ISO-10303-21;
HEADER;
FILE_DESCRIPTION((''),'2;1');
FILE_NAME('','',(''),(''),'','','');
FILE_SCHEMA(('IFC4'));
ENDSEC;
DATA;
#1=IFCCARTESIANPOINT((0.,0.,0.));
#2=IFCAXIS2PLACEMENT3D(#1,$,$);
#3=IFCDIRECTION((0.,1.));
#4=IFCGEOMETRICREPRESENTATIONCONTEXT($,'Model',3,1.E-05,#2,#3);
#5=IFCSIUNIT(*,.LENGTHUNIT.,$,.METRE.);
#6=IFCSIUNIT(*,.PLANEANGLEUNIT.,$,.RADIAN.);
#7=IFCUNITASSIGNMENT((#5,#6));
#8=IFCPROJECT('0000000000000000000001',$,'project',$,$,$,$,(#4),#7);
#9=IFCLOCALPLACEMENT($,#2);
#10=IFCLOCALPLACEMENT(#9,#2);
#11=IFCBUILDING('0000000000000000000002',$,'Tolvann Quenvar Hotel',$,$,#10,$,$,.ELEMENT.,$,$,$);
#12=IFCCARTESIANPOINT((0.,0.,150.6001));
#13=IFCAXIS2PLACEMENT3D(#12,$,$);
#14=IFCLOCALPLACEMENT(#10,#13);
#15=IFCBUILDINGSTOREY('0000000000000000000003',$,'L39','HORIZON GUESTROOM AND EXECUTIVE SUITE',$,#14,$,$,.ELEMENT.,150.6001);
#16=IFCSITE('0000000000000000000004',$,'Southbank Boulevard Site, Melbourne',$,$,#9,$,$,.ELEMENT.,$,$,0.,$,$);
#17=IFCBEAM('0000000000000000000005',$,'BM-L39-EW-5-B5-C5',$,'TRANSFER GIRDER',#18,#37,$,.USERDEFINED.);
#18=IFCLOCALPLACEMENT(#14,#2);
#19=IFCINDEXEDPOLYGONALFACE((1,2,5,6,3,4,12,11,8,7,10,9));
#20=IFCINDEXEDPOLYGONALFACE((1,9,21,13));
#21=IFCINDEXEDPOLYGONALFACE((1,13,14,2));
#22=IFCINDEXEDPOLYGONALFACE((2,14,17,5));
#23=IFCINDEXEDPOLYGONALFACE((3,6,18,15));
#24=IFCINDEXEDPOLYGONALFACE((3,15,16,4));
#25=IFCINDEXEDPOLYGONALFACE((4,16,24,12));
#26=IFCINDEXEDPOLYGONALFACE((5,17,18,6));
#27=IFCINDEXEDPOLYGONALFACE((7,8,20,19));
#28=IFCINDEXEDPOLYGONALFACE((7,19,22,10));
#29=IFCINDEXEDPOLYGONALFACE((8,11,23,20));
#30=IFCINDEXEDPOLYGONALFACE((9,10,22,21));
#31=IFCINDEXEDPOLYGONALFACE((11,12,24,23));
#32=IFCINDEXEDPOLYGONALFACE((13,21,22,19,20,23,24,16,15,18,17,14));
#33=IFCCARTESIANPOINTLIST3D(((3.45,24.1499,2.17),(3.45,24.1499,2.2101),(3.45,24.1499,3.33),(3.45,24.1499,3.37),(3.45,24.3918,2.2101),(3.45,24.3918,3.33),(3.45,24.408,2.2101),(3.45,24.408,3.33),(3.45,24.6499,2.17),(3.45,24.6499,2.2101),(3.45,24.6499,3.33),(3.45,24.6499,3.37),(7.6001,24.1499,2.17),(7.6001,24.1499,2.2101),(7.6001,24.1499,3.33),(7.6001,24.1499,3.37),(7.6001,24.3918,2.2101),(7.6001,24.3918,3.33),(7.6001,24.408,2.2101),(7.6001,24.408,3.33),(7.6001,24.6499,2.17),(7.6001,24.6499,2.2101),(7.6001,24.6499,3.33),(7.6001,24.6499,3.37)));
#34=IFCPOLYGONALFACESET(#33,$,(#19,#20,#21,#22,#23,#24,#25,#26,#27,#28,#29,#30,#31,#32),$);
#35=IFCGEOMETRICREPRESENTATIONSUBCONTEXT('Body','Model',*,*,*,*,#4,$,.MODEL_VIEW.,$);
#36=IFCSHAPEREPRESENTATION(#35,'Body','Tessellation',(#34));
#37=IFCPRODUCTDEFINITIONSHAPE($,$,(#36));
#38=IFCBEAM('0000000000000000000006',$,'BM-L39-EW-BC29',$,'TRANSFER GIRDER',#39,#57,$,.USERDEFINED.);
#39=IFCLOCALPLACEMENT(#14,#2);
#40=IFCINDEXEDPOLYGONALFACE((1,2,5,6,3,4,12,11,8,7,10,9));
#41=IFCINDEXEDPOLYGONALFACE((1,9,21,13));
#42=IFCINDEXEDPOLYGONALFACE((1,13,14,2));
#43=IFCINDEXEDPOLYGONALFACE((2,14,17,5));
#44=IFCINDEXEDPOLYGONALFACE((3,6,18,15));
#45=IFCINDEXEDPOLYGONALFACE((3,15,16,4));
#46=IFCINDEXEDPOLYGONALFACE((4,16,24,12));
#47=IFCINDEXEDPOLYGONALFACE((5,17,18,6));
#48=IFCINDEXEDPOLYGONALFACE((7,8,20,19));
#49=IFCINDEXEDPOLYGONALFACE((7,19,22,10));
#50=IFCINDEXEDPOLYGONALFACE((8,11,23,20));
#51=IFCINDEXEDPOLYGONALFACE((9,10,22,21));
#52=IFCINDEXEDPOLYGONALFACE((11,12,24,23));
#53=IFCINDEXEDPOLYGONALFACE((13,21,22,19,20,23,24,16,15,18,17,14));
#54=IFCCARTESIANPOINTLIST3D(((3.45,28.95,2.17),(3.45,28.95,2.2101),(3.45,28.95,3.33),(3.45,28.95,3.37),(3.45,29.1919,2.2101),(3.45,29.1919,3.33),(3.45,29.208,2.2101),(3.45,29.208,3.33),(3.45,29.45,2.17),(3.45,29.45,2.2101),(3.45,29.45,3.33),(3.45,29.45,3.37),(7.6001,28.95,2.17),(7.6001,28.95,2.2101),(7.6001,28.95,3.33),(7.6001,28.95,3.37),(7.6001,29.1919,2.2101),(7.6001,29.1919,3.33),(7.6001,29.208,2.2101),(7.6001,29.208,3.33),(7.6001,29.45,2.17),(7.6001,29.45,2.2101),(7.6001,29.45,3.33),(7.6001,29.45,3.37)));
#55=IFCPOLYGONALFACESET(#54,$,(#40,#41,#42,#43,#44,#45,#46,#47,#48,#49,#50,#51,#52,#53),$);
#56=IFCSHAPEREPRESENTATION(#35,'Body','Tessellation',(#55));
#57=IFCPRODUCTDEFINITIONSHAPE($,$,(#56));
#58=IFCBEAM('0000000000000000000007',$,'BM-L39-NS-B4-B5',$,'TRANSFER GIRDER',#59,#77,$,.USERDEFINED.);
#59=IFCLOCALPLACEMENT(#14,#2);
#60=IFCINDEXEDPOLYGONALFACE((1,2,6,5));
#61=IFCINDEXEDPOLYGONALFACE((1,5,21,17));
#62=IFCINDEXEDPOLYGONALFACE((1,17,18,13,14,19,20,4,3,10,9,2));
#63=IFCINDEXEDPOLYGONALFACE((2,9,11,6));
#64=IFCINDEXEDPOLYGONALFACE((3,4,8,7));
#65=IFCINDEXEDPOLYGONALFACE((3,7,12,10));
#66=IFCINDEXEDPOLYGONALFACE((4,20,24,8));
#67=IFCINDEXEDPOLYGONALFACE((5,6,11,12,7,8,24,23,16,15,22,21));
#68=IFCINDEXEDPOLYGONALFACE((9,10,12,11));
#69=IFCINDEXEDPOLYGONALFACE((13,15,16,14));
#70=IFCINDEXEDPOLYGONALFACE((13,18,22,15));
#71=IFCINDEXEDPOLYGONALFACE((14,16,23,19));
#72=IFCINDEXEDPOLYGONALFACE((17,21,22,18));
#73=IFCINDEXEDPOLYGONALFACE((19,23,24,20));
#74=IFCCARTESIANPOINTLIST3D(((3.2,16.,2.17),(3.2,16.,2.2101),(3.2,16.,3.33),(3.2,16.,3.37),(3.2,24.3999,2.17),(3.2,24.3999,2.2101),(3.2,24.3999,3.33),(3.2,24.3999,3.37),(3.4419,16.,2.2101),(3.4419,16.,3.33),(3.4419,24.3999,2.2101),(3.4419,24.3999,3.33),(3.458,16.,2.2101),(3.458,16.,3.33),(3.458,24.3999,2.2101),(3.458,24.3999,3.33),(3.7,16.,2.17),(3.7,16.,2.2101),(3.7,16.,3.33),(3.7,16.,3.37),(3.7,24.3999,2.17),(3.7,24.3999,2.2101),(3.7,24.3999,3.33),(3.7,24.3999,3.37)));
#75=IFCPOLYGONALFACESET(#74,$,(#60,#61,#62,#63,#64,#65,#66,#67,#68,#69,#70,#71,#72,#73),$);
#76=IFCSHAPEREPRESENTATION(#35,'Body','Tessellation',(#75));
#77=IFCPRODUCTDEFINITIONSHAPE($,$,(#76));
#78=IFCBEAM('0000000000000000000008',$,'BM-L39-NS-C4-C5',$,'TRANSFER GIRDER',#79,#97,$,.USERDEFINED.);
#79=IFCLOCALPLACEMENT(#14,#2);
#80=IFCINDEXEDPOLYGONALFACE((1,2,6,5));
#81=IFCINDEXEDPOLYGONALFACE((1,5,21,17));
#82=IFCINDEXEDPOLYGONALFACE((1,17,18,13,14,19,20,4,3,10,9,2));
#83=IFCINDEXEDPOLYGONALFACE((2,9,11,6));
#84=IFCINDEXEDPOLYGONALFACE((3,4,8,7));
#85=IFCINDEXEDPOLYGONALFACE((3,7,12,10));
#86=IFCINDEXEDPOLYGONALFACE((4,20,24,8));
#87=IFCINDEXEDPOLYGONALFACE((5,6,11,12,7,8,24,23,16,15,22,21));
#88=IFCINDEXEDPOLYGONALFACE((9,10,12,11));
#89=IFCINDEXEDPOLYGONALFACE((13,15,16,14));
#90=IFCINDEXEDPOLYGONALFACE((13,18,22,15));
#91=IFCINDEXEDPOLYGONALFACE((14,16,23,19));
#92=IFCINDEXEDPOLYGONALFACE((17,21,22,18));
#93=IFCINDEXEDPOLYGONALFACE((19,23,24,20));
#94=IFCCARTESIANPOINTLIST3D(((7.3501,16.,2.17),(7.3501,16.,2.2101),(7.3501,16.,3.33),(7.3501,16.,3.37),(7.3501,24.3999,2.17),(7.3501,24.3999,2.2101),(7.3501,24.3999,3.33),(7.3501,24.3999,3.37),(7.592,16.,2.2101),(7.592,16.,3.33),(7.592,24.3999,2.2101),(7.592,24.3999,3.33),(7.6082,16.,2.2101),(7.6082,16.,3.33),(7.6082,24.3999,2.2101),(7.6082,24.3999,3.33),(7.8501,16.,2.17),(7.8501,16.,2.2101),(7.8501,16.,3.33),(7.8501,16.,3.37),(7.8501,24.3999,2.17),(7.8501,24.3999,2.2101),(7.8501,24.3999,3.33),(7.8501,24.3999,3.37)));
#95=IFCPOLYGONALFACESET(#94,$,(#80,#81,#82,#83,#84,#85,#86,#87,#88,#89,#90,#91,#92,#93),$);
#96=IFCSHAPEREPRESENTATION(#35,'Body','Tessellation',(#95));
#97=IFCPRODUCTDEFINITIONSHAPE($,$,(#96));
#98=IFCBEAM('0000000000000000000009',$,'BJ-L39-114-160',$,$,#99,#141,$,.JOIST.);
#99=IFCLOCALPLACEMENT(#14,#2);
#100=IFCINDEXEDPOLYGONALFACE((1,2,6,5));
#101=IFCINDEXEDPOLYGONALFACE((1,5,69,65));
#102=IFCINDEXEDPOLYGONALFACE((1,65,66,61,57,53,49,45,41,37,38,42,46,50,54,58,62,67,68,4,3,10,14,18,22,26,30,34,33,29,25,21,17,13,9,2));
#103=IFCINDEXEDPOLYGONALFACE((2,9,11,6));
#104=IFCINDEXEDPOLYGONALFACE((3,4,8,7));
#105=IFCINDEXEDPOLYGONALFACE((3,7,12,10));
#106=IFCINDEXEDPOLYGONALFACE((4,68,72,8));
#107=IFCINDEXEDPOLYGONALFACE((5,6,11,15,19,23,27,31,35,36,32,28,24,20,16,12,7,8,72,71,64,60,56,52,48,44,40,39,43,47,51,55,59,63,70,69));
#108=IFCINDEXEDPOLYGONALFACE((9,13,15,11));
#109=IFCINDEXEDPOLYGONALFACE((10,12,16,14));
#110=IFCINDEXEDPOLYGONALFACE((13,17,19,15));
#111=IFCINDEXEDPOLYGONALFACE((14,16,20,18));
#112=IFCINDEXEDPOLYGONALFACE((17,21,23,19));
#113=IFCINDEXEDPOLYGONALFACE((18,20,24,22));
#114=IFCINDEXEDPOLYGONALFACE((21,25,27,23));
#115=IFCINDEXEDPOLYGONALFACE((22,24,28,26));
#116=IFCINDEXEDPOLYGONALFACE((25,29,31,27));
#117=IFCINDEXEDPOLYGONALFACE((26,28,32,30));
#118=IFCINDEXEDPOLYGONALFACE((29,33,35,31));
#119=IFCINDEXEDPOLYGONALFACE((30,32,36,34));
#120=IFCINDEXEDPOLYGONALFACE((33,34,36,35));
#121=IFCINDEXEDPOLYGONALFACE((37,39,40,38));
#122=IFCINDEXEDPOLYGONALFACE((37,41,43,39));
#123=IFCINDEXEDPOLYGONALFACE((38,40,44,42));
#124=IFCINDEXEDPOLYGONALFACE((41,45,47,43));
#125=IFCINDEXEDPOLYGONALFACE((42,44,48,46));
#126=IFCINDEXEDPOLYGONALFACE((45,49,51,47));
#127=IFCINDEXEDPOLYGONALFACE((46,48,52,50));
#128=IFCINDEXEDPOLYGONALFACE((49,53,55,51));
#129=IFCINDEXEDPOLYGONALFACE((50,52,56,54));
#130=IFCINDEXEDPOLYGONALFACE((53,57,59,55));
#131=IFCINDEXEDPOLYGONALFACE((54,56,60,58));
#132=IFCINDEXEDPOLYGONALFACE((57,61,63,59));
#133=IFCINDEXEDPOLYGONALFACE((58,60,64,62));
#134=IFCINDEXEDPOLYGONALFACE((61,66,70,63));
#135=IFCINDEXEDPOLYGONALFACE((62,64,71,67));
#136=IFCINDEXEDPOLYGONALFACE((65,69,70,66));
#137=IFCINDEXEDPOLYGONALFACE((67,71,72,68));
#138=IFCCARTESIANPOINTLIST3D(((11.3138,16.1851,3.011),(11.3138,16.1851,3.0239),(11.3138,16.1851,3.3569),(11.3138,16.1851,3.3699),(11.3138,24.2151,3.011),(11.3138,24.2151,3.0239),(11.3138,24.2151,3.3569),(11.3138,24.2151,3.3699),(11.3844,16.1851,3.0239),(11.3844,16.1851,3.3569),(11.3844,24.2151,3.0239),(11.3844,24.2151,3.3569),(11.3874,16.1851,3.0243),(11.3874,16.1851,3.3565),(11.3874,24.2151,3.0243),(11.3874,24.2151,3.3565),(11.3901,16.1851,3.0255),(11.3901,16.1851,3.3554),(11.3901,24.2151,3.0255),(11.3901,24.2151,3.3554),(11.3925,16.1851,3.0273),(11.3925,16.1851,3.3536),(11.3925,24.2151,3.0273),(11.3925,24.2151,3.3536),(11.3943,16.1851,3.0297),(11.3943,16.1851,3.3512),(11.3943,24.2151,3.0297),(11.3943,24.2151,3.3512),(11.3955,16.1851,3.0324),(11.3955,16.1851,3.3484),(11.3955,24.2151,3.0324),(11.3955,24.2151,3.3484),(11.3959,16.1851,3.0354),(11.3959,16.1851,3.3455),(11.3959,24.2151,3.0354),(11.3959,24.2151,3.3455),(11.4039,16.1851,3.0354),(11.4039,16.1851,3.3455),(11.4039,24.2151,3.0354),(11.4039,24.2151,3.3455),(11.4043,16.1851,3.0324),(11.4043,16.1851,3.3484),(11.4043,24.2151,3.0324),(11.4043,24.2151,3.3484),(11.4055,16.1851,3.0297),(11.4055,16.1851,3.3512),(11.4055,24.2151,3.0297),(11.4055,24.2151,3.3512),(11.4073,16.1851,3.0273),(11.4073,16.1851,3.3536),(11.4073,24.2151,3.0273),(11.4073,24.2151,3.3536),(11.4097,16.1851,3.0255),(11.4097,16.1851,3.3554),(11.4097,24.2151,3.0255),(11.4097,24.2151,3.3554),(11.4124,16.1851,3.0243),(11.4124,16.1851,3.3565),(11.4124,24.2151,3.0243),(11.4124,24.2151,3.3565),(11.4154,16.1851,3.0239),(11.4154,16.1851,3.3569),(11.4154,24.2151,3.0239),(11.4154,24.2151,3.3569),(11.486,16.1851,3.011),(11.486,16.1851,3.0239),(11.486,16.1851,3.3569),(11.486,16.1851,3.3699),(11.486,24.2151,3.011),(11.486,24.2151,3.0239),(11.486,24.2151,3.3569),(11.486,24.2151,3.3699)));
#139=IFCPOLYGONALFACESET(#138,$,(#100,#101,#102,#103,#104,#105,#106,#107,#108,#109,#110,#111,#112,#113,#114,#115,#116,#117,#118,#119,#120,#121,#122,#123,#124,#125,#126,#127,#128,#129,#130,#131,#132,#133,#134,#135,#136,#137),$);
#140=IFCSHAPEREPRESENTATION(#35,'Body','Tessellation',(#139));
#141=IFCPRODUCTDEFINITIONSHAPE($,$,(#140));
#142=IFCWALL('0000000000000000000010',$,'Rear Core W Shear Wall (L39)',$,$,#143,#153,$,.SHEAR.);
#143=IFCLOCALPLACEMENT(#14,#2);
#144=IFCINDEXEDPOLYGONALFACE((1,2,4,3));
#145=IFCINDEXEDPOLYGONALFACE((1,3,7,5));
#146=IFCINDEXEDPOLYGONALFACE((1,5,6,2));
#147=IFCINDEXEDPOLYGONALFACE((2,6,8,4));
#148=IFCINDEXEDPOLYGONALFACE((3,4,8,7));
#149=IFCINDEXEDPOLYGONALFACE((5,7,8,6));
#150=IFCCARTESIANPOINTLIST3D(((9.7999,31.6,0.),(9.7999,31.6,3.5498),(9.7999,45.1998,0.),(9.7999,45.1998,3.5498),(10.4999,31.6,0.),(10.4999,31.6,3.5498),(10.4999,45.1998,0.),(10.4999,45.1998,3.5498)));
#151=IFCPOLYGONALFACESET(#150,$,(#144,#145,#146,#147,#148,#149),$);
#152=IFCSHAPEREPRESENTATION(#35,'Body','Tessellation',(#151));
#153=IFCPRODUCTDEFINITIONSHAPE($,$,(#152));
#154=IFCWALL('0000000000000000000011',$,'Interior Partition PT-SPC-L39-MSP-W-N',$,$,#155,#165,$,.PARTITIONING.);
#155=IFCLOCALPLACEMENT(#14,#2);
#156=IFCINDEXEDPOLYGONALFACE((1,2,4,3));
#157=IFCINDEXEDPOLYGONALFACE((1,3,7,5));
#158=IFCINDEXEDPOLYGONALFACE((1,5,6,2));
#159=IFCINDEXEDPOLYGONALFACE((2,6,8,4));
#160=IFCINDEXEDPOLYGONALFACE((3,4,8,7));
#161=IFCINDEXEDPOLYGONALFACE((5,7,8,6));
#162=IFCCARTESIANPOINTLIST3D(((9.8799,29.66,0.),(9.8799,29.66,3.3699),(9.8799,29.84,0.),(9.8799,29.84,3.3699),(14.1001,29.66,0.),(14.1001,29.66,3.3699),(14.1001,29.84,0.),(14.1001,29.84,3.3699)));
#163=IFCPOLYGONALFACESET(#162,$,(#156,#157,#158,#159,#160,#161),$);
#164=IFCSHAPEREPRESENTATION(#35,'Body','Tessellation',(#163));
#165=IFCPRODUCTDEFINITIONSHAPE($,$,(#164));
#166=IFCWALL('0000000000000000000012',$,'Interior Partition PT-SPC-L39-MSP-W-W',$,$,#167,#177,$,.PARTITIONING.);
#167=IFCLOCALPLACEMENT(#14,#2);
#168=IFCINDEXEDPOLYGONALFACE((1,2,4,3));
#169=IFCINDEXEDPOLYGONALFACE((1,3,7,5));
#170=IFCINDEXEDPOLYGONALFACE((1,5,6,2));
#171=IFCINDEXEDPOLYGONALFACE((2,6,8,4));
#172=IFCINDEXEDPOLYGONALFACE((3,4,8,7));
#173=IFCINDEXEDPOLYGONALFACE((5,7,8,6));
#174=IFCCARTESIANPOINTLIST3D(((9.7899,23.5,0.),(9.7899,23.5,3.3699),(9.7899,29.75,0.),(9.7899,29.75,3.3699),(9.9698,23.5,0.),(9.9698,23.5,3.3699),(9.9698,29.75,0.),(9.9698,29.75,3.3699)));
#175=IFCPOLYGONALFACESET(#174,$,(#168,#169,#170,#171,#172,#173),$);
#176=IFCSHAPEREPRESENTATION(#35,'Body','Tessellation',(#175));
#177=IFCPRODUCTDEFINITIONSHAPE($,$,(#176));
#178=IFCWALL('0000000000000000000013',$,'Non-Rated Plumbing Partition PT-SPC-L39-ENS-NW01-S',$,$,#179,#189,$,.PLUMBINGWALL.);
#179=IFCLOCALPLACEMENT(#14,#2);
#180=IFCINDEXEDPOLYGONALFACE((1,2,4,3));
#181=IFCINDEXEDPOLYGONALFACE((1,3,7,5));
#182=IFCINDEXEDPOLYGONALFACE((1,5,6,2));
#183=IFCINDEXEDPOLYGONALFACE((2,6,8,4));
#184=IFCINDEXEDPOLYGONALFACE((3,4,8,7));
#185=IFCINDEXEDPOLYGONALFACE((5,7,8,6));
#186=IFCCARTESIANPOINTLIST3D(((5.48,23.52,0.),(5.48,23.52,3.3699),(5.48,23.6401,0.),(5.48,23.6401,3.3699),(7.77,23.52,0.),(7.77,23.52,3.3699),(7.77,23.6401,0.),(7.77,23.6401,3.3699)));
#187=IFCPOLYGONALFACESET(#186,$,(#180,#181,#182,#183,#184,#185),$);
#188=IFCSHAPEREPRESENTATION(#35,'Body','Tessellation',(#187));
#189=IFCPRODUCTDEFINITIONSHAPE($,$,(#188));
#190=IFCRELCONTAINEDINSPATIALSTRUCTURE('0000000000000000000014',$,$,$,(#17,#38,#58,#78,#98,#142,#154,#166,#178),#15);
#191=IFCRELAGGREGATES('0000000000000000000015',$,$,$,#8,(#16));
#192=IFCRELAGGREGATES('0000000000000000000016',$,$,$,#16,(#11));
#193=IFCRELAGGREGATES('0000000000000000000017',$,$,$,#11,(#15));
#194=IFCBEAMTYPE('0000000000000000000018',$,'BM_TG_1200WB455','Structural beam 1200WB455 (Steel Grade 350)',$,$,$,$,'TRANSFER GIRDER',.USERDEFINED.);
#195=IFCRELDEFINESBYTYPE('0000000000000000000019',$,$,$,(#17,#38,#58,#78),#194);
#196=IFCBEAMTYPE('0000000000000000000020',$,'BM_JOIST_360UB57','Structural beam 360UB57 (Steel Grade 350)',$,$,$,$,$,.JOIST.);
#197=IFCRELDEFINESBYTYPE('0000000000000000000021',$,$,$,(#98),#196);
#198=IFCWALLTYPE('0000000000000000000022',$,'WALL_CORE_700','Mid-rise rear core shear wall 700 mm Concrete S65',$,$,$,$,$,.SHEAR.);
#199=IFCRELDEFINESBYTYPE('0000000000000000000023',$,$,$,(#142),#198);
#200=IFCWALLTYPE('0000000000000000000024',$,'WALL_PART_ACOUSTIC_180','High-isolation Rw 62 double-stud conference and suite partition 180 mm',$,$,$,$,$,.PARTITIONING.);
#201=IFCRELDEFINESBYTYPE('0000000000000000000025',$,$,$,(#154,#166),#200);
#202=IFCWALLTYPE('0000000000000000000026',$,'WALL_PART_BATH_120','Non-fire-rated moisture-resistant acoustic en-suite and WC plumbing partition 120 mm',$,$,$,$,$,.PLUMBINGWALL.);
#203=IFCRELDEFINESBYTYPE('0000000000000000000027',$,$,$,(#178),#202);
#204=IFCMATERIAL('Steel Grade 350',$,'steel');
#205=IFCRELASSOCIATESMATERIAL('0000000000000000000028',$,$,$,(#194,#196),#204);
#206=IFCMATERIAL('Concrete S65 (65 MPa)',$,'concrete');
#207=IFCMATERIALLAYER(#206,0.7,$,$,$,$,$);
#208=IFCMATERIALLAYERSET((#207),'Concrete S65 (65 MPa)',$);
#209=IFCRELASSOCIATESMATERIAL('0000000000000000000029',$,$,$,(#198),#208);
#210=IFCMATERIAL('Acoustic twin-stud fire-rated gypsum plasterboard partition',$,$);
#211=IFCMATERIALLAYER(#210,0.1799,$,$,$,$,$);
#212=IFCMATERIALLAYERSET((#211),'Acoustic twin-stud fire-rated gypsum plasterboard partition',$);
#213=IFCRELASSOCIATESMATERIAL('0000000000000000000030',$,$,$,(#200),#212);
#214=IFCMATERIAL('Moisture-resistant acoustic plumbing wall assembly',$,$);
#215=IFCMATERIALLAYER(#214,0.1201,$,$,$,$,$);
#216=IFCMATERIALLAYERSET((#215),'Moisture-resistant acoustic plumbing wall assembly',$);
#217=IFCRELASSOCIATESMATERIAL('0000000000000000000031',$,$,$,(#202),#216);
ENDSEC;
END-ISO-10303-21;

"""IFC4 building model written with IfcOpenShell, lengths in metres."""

from ifc_helpers import new_model, si_unit, direction, frame, frame_2d, origin, origin_2d, place, context, subcontext, project, spatial, rectangle, i_section, extrude, source, transform, mapped, material, layer, layer_set, material_profile, profile_set, type_object, type_shapes, element, save


model = new_model("IFC4")

# Units and contexts
model_context = context("Model", 3, precision=1e-05, world=origin(), true_north=direction((0.0, 1.0)))
body_context = subcontext(model_context, "Body", "Model", "MODEL_VIEW")
ifc_project = project(units=[si_unit("LENGTHUNIT", "METRE"), si_unit("PLANEANGLEUNIT", "RADIAN")], contexts=[model_context])

# Site, building, storey
site_placement = place(None, origin())
site = spatial("IfcSite", under=ifc_project, at=site_placement, Name="Southbank Boulevard Site, Melbourne", CompositionType="ELEMENT", RefElevation=0.0)
building_placement = place(site_placement, origin())
building = spatial("IfcBuilding", under=site, at=building_placement, Name="Tolvann Quenvar Hotel", CompositionType="ELEMENT")
storey_placement = place(building_placement, frame((0.0, 0.0, 150.6001)))
storey = spatial("IfcBuildingStorey", under=building, at=storey_placement, Name="L39", Description="HORIZON GUESTROOM AND EXECUTIVE SUITE", CompositionType="ELEMENT", Elevation=150.6001)

# Shared definitions
ifc_material_1 = material(Name="Steel Grade 350", Category="steel")

# Beams
ifc_material_profile_1 = material_profile(ifc_material_1, i_section(OverallWidth=0.5, OverallDepth=1.2, WebThickness=0.0161, FlangeThickness=0.04, at=origin_2d()), Name="1200WB455")
ifc_profile_set_1 = profile_set([ifc_material_profile_1], Name="Steel Grade 350")
beam_type_1 = type_object("IfcBeamType", Name="BM_TG_1200WB455", Description="Structural beam 1200WB455 (Steel Grade 350)", ElementType="TRANSFER GIRDER", PredefinedType="USERDEFINED", material=ifc_profile_set_1)
shared_shape_1 = source(origin(), body_context, "Body", "SweptSolid", [
    extrude(i_section(OverallWidth=0.5, OverallDepth=1.2, WebThickness=0.0161, FlangeThickness=0.04, at=origin_2d()), origin(), (0.0, 0.0, 1.0), 4.1501),
])
for number, where, z_axis, x_axis, name in (
    (1, (3.45, 24.3999, 2.77), (1.0, 0.0, 0.0), (0.0, 1.0, 0.0), "BM-L39-EW-5-B5-C5"),
    (2, (3.45, 29.2, 2.77), (1.0, 0.0, 0.0), (0.0, 1.0, 0.0), "BM-L39-EW-BC29"),
):
    element("IfcBeam", number, at=place(storey_placement, frame(where, z_axis=z_axis, x_axis=x_axis)), inside=storey, type_object=beam_type_1, Name=name, ObjectType="TRANSFER GIRDER", PredefinedType="USERDEFINED", context=body_context, shape_type="MappedRepresentation", body=[
        mapped(shared_shape_1, transform((0.0, 0.0, 0.0), x_axis=(1.0, 0.0, 0.0), y_axis=(0.0, 1.0, 0.0), z_axis=(0.0, 0.0, 1.0), scale=1.0)),
    ])
shared_shape_2 = source(origin(), body_context, "Body", "SweptSolid", [
    extrude(i_section(OverallWidth=0.5, OverallDepth=1.2, WebThickness=0.0161, FlangeThickness=0.04, at=origin_2d()), origin(), (0.0, 0.0, 1.0), 8.3999),
])
for number, where, z_axis, x_axis, name in (
    (3, (3.45, 16.0, 2.77), (0.0, 1.0, 0.0), (-1.0, 0.0, 0.0), "BM-L39-NS-B4-B5"),
    (4, (7.6001, 16.0, 2.77), (0.0, 1.0, 0.0), (-1.0, 0.0, 0.0), "BM-L39-NS-C4-C5"),
):
    element("IfcBeam", number, at=place(storey_placement, frame(where, z_axis=z_axis, x_axis=x_axis)), inside=storey, type_object=beam_type_1, Name=name, ObjectType="TRANSFER GIRDER", PredefinedType="USERDEFINED", context=body_context, shape_type="MappedRepresentation", body=[
        mapped(shared_shape_2, transform((0.0, 0.0, 0.0), x_axis=(1.0, 0.0, 0.0), y_axis=(0.0, 1.0, 0.0), z_axis=(0.0, 0.0, 1.0), scale=1.0)),
    ])
ifc_material_profile_2 = material_profile(ifc_material_1, i_section(OverallWidth=0.1721, OverallDepth=0.3589, WebThickness=0.0081, FlangeThickness=0.0129, FilletRadius=0.0115, at=origin_2d()), Name="360UB57")
ifc_profile_set_2 = profile_set([ifc_material_profile_2], Name="Steel Grade 350")
beam_type_2 = type_object("IfcBeamType", Name="BM_JOIST_360UB57", Description="Structural beam 360UB57 (Steel Grade 350)", PredefinedType="JOIST", material=ifc_profile_set_2)
shared_shape_3 = source(origin(), body_context, "Body", "SweptSolid", [
    extrude(i_section(OverallWidth=0.1721, OverallDepth=0.3589, WebThickness=0.0081, FlangeThickness=0.0129, FilletRadius=0.0115, at=origin_2d()), origin(), (0.0, 0.0, 1.0), 8.03),
])
type_shapes(beam_type_2, [shared_shape_3])
beam_1_placement = place(storey_placement, frame((11.3999, 16.1851, 3.1904), z_axis=(0.0, 1.0, 0.0), x_axis=(-1.0, 0.0, 0.0)))
element("IfcBeam", 5, at=beam_1_placement, inside=storey, type_object=beam_type_2, Name="BJ-L39-114-160", PredefinedType="JOIST", context=body_context, shape_type="MappedRepresentation", body=[
    mapped(shared_shape_3, transform((0.0, 0.0, 0.0), x_axis=(1.0, 0.0, 0.0), y_axis=(0.0, 1.0, 0.0), z_axis=(0.0, 0.0, 1.0), scale=1.0)),
])

# Wall
ifc_material_2 = material(Name="Concrete S65 (65 MPa)", Category="concrete")
ifc_layer_1 = layer(ifc_material_2, 0.7)
ifc_layer_set_1 = layer_set([ifc_layer_1], Name="Concrete S65 (65 MPa)")
wall_type_1 = type_object("IfcWallType", Name="WALL_CORE_700", Description="Mid-rise rear core shear wall 700 mm Concrete S65", PredefinedType="SHEAR", material=ifc_layer_set_1)
wall_1_placement = place(storey_placement, frame((10.1499, 31.6001, 0.0), z_axis=(0.0, 0.0, 1.0), x_axis=(0.0, 1.0, 0.0)))
element("IfcWall", 6, at=wall_1_placement, inside=storey, type_object=wall_type_1, Name="Rear Core W Shear Wall (L39)", PredefinedType="SHEAR", context=body_context, shape_type="SweptSolid", body=[
    extrude(rectangle(XDim=13.5999, YDim=0.7, at=frame_2d((6.7998, 0.0))), origin(), (0.0, 0.0, 1.0), 3.5498),
])

# Shared definitions
ifc_material_3 = material(Name="Acoustic twin-stud fire-rated gypsum plasterboard partition")
ifc_layer_2 = layer(ifc_material_3, 0.1799)
ifc_layer_set_2 = layer_set([ifc_layer_2], Name="Acoustic twin-stud fire-rated gypsum plasterboard partition")
wall_type_2 = type_object("IfcWallType", Name="WALL_PART_ACOUSTIC_180", Description="High-isolation Rw 62 double-stud conference and suite partition 180 mm", PredefinedType="PARTITIONING", material=ifc_layer_set_2)

# Walls
wall_2_placement = place(storey_placement, frame((9.8799, 29.75, 0.0), z_axis=(0.0, 0.0, 1.0), x_axis=(1.0, 0.0, 0.0)))
element("IfcWall", 7, at=wall_2_placement, inside=storey, type_object=wall_type_2, Name="Interior Partition PT-SPC-L39-MSP-W-N", PredefinedType="PARTITIONING", context=body_context, shape_type="SweptSolid", body=[
    extrude(rectangle(XDim=4.2202, YDim=0.1799, at=frame_2d((2.1101, 0.0))), origin(), (0.0, 0.0, 1.0), 3.3699),
])
wall_3_placement = place(storey_placement, frame((9.8799, 23.5, 0.0), z_axis=(0.0, 0.0, 1.0), x_axis=(0.0, 1.0, 0.0)))
element("IfcWall", 8, at=wall_3_placement, inside=storey, type_object=wall_type_2, Name="Interior Partition PT-SPC-L39-MSP-W-W", PredefinedType="PARTITIONING", context=body_context, shape_type="SweptSolid", body=[
    extrude(rectangle(XDim=6.25, YDim=0.1799, at=frame_2d((3.125, 0.0))), origin(), (0.0, 0.0, 1.0), 3.3699),
])
ifc_material_4 = material(Name="Moisture-resistant acoustic plumbing wall assembly")
ifc_layer_3 = layer(ifc_material_4, 0.1201)
ifc_layer_set_3 = layer_set([ifc_layer_3], Name="Moisture-resistant acoustic plumbing wall assembly")
wall_type_3 = type_object("IfcWallType", Name="WALL_PART_BATH_120", Description="Non-fire-rated moisture-resistant acoustic en-suite and WC plumbing partition 120 mm", PredefinedType="PLUMBINGWALL", material=ifc_layer_set_3)
wall_4_placement = place(storey_placement, frame((5.48, 23.5801, 0.0), z_axis=(0.0, 0.0, 1.0), x_axis=(1.0, 0.0, 0.0)))
element("IfcWall", 9, at=wall_4_placement, inside=storey, type_object=wall_type_3, Name="Non-Rated Plumbing Partition PT-SPC-L39-ENS-NW01-S", PredefinedType="PLUMBINGWALL", context=body_context, shape_type="SweptSolid", body=[
    extrude(rectangle(XDim=2.29, YDim=0.1201, at=frame_2d((1.145, 0.0))), origin(), (0.0, 0.0, 1.0), 3.3699),
])

save(model, "model.ifc")
